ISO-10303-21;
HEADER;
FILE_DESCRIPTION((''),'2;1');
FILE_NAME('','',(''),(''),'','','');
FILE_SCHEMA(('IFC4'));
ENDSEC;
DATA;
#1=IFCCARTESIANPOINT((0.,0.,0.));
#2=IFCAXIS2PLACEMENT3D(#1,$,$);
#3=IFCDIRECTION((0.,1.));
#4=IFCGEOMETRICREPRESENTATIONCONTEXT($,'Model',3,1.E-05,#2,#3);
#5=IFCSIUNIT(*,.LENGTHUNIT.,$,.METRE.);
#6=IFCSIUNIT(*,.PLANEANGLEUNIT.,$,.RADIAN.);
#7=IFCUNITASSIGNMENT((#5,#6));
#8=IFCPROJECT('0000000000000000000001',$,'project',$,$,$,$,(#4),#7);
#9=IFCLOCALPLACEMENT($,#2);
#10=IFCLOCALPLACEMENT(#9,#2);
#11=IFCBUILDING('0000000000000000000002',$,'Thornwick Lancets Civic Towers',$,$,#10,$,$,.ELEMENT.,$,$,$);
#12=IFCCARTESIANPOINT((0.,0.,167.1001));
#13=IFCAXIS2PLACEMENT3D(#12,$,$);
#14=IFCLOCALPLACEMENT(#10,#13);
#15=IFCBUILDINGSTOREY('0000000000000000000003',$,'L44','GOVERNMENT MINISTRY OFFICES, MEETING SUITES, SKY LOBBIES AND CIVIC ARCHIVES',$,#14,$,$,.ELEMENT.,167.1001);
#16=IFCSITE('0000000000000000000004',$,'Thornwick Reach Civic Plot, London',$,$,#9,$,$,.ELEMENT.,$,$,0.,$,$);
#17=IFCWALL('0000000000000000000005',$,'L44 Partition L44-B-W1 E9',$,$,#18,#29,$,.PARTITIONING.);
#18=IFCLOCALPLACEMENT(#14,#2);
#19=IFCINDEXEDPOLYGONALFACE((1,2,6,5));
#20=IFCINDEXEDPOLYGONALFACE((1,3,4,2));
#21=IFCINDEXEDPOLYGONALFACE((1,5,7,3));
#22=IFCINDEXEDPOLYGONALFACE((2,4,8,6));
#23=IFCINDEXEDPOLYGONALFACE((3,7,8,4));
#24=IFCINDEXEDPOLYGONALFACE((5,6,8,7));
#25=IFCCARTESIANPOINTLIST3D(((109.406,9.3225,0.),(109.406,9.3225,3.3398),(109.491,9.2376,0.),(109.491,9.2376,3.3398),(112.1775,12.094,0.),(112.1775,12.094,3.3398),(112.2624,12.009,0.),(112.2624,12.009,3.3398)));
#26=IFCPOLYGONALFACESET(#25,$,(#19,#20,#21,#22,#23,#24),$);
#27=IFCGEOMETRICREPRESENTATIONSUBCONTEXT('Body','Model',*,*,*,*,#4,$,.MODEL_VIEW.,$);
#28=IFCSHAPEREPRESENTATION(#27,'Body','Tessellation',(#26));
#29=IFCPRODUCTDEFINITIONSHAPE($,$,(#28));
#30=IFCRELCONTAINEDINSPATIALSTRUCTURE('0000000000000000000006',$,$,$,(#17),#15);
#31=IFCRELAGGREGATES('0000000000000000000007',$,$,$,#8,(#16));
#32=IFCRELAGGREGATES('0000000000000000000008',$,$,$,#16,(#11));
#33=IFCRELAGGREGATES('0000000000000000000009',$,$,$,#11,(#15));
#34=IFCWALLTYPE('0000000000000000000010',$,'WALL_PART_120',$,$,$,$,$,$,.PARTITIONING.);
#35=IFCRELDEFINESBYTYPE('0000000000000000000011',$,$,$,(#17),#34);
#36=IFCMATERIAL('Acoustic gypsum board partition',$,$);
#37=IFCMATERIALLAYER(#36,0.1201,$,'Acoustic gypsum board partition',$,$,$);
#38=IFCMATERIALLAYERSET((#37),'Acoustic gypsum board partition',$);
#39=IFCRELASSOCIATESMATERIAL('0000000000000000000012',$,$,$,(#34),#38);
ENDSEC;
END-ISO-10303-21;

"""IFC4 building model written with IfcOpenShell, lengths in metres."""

from ifc_helpers import new_model, si_unit, direction, frame, frame_2d, origin, place, context, subcontext, project, spatial, rectangle, extrude, material, layer, layer_set, type_object, element, save


model = new_model("IFC4")

# Units and contexts
model_context = context("Model", 3, precision=1e-05, world=origin(), true_north=direction((0.0, 1.0)))
body_context = subcontext(model_context, "Body", "Model", "MODEL_VIEW")
ifc_project = project(units=[si_unit("LENGTHUNIT", "METRE"), si_unit("PLANEANGLEUNIT", "RADIAN")], contexts=[model_context])

# Site, building, storey
site_placement = place(None, origin())
site = spatial("IfcSite", under=ifc_project, at=site_placement, Name="Thornwick Reach Civic Plot, London", CompositionType="ELEMENT", RefElevation=0.0)
building_placement = place(site_placement, origin())
building = spatial("IfcBuilding", under=site, at=building_placement, Name="Thornwick Lancets Civic Towers", CompositionType="ELEMENT")
storey_placement = place(building_placement, frame((0.0, 0.0, 167.1001)))
storey = spatial("IfcBuildingStorey", under=building, at=storey_placement, Name="L44", Description="GOVERNMENT MINISTRY OFFICES, MEETING SUITES, SKY LOBBIES AND CIVIC ARCHIVES", CompositionType="ELEMENT", Elevation=167.1001)

# Wall
ifc_material_1 = material(Name="Acoustic gypsum board partition")
ifc_layer_1 = layer(ifc_material_1, 0.1201, Name="Acoustic gypsum board partition")
ifc_layer_set_1 = layer_set([ifc_layer_1], Name="Acoustic gypsum board partition")
wall_type_1 = type_object("IfcWallType", Name="WALL_PART_120", PredefinedType="PARTITIONING", material=ifc_layer_set_1)
wall_1_placement = place(storey_placement, frame((112.22, 12.0515, 0.0), z_axis=(0.0, 0.0, 1.0), x_axis=(-0.707107, -0.707107, 0.0)))
element("IfcWall", 1, at=wall_1_placement, inside=storey, type_object=wall_type_1, Name="L44 Partition L44-B-W1 E9", PredefinedType="PARTITIONING", context=body_context, shape_type="SweptSolid", body=[
    extrude(rectangle(XDim=3.9194, YDim=0.1201, at=frame_2d((1.9597, 0.0))), origin(), (0.0, 0.0, 1.0), 3.3398),
])

save(model, "model.ifc")
